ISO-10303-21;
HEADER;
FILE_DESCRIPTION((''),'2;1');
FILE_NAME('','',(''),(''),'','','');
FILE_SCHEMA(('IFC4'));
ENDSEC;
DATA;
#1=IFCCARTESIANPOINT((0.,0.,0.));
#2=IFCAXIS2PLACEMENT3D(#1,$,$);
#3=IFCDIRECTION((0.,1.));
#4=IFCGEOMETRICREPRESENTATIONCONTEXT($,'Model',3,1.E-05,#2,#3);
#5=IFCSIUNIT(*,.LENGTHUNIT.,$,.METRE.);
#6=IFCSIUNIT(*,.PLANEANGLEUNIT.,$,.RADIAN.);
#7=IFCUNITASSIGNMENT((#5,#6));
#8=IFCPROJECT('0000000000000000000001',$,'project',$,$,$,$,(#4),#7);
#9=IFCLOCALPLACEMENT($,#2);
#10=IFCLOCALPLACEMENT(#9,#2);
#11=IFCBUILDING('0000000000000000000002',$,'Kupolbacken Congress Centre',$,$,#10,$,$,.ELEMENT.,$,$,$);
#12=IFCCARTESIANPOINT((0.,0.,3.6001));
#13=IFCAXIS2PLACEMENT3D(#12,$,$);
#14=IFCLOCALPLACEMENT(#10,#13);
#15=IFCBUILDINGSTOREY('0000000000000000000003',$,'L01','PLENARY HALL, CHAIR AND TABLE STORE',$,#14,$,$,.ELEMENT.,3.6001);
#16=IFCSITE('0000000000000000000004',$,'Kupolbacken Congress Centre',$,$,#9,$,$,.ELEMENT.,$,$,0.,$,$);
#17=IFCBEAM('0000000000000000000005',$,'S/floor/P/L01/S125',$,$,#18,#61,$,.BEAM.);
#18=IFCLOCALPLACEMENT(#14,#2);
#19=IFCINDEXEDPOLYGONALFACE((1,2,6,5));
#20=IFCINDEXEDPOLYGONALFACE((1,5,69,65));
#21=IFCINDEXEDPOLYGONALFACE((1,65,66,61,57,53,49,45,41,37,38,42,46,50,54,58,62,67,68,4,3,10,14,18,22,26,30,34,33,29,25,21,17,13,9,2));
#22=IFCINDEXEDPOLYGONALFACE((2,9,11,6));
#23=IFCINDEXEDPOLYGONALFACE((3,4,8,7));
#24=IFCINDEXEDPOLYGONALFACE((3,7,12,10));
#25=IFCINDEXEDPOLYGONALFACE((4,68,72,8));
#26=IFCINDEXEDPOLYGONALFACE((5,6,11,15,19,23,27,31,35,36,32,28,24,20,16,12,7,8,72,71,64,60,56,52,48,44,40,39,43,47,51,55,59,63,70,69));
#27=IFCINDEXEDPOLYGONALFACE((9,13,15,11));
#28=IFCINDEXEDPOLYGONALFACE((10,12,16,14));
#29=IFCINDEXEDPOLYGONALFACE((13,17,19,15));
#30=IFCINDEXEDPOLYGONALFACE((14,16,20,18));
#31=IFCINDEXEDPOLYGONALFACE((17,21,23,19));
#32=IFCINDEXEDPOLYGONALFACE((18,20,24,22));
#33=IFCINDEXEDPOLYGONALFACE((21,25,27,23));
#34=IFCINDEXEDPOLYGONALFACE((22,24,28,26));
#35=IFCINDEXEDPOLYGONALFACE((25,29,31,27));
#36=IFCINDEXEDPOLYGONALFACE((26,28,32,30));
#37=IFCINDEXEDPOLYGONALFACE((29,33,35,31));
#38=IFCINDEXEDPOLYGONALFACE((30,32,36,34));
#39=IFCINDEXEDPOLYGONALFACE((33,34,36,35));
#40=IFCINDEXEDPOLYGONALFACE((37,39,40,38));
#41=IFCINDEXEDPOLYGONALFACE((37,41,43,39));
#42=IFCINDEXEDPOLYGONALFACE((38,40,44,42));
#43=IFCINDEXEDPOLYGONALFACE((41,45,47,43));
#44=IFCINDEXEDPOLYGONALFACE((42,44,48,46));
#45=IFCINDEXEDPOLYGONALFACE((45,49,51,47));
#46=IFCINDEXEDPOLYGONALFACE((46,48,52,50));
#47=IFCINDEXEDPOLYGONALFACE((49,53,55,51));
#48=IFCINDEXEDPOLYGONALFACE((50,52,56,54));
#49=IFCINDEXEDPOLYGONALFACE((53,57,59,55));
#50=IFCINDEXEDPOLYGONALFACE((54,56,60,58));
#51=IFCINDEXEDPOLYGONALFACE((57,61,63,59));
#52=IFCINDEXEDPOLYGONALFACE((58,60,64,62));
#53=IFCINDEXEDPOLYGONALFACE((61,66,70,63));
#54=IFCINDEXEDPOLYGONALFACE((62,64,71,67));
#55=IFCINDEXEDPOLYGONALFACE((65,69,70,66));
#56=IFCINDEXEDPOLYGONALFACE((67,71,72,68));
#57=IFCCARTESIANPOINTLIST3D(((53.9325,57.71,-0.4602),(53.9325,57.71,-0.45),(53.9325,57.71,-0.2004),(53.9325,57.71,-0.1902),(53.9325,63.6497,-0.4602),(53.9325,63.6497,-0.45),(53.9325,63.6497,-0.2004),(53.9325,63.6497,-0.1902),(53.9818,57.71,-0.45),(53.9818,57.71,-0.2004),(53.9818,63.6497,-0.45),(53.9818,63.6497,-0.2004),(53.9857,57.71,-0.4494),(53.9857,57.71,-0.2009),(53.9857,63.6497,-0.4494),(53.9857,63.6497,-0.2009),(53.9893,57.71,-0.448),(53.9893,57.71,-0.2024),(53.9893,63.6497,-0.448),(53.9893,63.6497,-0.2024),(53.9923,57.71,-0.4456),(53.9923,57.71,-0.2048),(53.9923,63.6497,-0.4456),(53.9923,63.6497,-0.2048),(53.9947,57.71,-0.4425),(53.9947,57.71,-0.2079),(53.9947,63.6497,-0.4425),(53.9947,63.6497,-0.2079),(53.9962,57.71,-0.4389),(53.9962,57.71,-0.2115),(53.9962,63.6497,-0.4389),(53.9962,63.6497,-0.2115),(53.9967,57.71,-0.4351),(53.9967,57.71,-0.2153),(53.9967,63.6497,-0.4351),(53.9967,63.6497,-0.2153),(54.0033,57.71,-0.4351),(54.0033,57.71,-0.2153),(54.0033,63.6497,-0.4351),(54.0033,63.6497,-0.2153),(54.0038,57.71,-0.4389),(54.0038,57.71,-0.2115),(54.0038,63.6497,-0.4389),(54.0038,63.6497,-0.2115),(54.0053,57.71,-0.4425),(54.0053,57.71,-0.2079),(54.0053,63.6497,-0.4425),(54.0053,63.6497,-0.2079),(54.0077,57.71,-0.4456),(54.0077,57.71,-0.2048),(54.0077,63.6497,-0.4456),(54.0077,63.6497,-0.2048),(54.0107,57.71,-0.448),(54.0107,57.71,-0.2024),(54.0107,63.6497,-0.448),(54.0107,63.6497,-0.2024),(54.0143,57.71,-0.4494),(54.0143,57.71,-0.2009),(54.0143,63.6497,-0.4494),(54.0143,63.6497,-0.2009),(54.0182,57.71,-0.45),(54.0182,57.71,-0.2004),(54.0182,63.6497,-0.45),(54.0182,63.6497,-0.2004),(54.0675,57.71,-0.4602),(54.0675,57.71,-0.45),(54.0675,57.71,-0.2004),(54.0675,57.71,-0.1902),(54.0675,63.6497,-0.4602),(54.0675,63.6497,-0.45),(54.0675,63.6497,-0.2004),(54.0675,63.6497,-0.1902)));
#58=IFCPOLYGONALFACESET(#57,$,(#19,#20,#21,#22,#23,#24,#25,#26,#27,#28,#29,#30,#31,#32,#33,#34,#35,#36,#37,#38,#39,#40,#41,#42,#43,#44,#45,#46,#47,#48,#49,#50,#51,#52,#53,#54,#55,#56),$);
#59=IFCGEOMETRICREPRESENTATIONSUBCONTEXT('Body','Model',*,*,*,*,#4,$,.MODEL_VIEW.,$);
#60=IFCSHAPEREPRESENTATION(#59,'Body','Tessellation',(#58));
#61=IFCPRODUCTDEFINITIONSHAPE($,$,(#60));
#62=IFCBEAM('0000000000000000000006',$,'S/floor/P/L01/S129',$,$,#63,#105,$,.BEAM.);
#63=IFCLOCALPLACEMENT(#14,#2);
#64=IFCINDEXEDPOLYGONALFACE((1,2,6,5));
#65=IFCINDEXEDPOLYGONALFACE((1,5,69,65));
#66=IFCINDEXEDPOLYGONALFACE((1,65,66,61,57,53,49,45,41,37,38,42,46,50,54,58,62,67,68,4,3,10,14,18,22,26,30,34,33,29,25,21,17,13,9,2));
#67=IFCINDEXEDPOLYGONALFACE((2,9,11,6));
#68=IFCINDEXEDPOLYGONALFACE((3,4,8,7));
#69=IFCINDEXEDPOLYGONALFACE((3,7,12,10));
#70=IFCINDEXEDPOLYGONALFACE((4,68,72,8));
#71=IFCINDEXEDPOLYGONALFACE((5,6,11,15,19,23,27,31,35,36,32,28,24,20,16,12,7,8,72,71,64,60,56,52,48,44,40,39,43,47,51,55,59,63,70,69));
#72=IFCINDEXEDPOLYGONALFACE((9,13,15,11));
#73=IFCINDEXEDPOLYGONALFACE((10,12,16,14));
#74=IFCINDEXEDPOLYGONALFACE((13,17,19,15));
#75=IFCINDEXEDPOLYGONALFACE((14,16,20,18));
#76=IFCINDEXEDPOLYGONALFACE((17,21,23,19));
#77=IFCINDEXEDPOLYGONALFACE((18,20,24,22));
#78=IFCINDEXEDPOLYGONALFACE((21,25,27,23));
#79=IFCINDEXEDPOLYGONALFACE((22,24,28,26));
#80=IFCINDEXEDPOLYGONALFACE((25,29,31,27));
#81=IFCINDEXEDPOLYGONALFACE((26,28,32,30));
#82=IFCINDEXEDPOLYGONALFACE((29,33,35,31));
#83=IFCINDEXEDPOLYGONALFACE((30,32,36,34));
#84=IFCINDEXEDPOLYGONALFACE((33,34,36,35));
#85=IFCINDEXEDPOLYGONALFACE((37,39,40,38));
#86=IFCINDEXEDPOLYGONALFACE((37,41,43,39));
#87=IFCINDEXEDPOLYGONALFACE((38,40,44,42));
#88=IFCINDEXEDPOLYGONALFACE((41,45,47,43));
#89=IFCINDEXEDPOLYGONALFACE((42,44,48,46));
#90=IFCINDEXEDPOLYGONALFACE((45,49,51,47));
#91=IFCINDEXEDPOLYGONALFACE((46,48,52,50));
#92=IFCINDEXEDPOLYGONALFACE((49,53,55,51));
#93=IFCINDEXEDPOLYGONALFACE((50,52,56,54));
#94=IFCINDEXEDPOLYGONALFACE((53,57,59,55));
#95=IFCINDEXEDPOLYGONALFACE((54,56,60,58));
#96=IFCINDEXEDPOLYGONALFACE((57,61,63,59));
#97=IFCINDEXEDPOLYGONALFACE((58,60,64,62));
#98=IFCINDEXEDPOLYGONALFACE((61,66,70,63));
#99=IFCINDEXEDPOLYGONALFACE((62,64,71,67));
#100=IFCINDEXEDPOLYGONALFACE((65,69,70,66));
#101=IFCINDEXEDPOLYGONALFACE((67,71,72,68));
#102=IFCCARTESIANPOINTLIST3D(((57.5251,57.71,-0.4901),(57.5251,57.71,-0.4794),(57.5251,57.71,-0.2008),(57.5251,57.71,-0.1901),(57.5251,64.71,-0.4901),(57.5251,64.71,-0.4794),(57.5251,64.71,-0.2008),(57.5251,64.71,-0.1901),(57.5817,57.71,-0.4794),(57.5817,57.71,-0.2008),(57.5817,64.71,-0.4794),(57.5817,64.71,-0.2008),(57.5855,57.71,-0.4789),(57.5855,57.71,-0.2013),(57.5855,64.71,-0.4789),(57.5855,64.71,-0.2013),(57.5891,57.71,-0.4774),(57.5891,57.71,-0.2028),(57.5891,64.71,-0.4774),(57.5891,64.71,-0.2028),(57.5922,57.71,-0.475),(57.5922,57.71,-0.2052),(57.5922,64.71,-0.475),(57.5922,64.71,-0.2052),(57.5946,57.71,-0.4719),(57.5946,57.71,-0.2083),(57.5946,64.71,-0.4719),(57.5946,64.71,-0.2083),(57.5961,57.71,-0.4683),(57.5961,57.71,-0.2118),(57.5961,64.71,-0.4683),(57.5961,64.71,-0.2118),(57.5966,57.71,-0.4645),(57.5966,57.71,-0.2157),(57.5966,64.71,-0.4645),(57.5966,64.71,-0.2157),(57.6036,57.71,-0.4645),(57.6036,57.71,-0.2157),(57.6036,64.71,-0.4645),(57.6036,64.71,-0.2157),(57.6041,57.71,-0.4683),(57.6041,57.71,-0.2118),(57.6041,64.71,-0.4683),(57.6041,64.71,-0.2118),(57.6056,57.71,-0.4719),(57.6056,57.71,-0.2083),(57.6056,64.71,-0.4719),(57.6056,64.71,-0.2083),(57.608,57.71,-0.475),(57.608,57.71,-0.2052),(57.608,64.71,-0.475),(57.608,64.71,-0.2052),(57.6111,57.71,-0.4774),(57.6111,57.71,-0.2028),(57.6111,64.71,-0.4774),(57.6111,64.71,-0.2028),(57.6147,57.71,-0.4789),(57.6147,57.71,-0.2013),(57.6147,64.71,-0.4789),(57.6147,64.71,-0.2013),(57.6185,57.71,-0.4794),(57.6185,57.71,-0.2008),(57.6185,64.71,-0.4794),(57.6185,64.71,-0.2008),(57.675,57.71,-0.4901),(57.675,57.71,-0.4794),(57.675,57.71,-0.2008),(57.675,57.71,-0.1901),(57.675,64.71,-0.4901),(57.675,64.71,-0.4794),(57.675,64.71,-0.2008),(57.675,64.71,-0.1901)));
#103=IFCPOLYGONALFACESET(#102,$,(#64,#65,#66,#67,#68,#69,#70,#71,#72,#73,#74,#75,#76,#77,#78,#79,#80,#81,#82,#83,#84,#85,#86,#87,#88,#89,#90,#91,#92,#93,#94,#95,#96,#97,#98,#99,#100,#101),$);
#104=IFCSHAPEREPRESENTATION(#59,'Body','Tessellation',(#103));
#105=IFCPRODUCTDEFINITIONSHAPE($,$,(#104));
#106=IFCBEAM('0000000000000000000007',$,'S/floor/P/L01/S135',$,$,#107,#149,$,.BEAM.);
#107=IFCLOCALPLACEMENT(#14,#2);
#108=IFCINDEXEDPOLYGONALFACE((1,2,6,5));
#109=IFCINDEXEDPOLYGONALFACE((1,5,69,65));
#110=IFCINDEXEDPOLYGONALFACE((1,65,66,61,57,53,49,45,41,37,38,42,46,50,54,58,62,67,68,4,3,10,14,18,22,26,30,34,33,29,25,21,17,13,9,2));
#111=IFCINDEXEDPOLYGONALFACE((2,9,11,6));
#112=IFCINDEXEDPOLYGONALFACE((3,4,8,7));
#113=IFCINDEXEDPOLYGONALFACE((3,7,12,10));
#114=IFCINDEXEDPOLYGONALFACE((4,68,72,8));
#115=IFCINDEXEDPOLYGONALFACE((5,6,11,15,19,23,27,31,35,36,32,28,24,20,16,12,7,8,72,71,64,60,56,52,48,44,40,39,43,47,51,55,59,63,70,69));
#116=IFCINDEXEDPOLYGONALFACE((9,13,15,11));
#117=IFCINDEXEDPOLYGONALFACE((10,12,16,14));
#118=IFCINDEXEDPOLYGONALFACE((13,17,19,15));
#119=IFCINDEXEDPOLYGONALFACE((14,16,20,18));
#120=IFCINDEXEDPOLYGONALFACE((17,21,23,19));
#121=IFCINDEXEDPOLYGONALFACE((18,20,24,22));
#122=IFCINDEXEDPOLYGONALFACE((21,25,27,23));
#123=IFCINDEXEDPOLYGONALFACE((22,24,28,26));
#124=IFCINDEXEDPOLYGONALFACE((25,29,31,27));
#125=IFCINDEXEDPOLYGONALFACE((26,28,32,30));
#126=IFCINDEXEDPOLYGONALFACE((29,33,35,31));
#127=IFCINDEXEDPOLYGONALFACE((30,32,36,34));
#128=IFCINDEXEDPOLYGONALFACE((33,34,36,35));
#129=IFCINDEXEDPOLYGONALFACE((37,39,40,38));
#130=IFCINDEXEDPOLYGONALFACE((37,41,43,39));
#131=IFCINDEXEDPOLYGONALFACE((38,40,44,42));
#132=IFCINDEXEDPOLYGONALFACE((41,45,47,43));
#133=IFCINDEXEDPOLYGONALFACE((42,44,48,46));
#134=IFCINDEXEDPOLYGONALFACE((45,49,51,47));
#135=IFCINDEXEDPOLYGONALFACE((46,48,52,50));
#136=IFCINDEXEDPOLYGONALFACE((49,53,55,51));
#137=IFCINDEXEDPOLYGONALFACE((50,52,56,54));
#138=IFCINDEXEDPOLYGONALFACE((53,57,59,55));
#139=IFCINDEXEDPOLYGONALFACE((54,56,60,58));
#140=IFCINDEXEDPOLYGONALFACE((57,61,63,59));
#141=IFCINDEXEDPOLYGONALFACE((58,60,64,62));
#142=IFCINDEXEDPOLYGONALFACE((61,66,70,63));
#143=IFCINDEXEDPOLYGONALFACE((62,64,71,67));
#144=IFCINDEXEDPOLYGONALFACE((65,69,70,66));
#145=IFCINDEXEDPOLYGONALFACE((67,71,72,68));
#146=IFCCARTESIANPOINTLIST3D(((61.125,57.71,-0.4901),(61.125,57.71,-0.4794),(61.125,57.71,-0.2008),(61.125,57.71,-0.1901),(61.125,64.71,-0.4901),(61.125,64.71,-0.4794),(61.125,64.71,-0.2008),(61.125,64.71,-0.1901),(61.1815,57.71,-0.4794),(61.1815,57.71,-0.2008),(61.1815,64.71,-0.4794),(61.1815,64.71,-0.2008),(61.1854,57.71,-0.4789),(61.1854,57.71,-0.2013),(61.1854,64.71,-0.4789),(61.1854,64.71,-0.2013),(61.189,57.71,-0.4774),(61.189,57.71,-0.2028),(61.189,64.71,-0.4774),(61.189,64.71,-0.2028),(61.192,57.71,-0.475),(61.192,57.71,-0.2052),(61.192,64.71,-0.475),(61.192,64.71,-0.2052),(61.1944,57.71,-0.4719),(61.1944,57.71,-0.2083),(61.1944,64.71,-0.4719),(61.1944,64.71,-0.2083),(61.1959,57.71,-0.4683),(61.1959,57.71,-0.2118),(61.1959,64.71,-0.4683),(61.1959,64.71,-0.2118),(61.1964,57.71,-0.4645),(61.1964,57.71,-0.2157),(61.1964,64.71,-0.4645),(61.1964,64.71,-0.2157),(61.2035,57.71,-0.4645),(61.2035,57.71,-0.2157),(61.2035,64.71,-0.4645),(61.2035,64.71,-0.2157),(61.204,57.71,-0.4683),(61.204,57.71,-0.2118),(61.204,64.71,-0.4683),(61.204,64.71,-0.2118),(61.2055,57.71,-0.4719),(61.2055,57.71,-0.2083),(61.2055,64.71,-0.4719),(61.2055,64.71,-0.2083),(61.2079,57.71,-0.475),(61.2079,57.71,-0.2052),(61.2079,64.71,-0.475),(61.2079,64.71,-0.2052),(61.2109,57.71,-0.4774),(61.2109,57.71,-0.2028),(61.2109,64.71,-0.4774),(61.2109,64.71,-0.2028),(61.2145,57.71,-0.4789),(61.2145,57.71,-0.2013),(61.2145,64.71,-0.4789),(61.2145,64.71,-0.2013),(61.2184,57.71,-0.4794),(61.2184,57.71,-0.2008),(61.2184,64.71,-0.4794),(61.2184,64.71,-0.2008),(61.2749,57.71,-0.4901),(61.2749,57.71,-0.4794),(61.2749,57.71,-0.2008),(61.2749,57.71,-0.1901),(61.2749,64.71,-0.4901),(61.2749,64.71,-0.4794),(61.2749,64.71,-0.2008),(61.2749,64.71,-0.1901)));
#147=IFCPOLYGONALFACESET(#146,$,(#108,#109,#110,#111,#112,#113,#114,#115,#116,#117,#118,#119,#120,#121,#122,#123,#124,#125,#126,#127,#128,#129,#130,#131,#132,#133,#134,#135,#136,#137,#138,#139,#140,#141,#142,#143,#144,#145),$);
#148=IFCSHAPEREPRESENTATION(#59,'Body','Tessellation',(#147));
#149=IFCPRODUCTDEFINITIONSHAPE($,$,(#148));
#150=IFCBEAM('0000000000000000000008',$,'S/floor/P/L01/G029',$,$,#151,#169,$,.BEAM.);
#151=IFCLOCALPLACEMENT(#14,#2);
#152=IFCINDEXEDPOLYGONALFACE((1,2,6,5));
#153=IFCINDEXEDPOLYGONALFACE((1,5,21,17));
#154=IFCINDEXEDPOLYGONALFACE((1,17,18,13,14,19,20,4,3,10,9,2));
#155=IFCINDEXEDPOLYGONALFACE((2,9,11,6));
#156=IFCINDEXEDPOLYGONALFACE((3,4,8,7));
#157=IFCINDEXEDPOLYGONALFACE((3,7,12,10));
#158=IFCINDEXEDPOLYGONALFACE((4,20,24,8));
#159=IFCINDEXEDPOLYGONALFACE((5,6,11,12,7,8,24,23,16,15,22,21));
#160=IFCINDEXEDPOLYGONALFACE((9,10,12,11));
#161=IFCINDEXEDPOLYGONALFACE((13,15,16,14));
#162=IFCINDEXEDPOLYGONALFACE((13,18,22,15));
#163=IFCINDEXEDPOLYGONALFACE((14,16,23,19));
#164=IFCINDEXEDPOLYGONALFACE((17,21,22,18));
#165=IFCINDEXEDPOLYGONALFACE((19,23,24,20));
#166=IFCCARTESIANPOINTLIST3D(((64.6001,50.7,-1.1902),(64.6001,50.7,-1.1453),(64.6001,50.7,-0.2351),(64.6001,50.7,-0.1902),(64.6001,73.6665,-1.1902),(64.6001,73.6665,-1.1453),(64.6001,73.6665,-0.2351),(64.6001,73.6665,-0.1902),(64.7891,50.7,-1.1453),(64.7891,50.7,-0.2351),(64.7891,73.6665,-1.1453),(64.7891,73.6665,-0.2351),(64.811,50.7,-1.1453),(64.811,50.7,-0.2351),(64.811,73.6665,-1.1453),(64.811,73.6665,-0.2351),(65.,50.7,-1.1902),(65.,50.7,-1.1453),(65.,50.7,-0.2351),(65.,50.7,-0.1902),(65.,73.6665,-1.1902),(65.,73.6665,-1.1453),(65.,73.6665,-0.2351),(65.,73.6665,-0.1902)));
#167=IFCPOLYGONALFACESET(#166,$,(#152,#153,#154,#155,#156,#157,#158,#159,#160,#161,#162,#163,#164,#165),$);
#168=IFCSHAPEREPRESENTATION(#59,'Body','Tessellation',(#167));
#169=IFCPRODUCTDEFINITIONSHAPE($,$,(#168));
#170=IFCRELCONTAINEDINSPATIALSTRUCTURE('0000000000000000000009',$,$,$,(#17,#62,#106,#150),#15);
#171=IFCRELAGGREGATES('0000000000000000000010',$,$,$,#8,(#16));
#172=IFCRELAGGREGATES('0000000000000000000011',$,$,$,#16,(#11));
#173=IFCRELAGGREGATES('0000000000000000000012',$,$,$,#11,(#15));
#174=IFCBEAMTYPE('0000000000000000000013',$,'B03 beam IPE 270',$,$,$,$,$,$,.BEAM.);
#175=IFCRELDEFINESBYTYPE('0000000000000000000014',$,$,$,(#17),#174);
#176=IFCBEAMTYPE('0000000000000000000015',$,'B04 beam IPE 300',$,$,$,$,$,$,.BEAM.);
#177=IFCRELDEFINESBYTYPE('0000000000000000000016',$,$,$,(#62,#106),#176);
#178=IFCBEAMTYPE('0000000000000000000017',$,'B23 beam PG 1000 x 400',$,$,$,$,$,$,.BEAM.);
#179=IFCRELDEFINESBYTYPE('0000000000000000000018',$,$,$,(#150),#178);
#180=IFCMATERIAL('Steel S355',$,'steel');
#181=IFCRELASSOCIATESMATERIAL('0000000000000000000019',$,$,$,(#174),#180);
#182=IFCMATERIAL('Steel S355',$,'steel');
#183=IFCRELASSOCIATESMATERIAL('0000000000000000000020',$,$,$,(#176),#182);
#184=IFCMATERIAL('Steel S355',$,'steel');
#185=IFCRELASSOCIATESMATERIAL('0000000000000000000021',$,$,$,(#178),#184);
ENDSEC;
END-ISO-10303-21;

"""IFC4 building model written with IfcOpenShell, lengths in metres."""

from ifc_helpers import new_model, si_unit, direction, frame, origin, origin_2d, place, context, subcontext, project, spatial, i_section, extrude, material, material_profile, profile_set, type_object, element, save


model = new_model("IFC4")

# Units and contexts
model_context = context("Model", 3, precision=1e-05, world=origin(), true_north=direction((0.0, 1.0)))
body_context = subcontext(model_context, "Body", "Model", "MODEL_VIEW")
ifc_project = project(units=[si_unit("LENGTHUNIT", "METRE"), si_unit("PLANEANGLEUNIT", "RADIAN")], contexts=[model_context])

# Site, building, storey
site_placement = place(None, origin())
site = spatial("IfcSite", under=ifc_project, at=site_placement, Name="Kupolbacken Congress Centre", CompositionType="ELEMENT", RefElevation=0.0)
building_placement = place(site_placement, origin())
building = spatial("IfcBuilding", under=site, at=building_placement, Name="Kupolbacken Congress Centre", CompositionType="ELEMENT")
storey_placement = place(building_placement, frame((0.0, 0.0, 3.6001)))
storey = spatial("IfcBuildingStorey", under=building, at=storey_placement, Name="L01", Description="PLENARY HALL, CHAIR AND TABLE STORE", CompositionType="ELEMENT", Elevation=3.6001)

# Beams
ifc_material_1 = material(Name="Steel S355", Category="steel")
ifc_material_profile_1 = material_profile(ifc_material_1, i_section(OverallWidth=0.135, OverallDepth=0.27, WebThickness=0.0066, FlangeThickness=0.0103, FilletRadius=0.0149, at=origin_2d()), Name="IPE 270")
ifc_profile_set_1 = profile_set([ifc_material_profile_1], Name="Steel S355")
beam_type_1 = type_object("IfcBeamType", Name="B03 beam IPE 270", PredefinedType="BEAM", material=ifc_profile_set_1)
beam_1_placement = place(storey_placement, frame((54.0, 57.71, -0.3252), z_axis=(0.0, 1.0, 0.0), x_axis=(-1.0, 0.0, 0.0)))
element("IfcBeam", 1, at=beam_1_placement, inside=storey, type_object=beam_type_1, Name="S/floor/P/L01/S125", PredefinedType="BEAM", context=body_context, shape_type="SweptSolid", body=[
    extrude(i_section(OverallWidth=0.135, OverallDepth=0.27, WebThickness=0.0066, FlangeThickness=0.0103, FilletRadius=0.0149, at=origin_2d()), origin(), (0.0, 0.0, 1.0), 5.9397),
])
ifc_material_2 = material(Name="Steel S355", Category="steel")
ifc_material_profile_2 = material_profile(ifc_material_2, i_section(OverallWidth=0.1499, OverallDepth=0.3, WebThickness=0.0071, FlangeThickness=0.0107, FilletRadius=0.0149, at=origin_2d()), Name="IPE 300")
ifc_profile_set_2 = profile_set([ifc_material_profile_2], Name="Steel S355")
beam_type_2 = type_object("IfcBeamType", Name="B04 beam IPE 300", PredefinedType="BEAM", material=ifc_profile_set_2)
for number, where, z_axis, x_axis, name in (
    (2, (57.6001, 57.71, -0.3401), (0.0, 1.0, 0.0), (-1.0, 0.0, 0.0), "S/floor/P/L01/S129"),
    (3, (61.2, 57.71, -0.3401), (0.0, 1.0, 0.0), (-1.0, 0.0, 0.0), "S/floor/P/L01/S135"),
):
    element("IfcBeam", number, at=place(storey_placement, frame(where, z_axis=z_axis, x_axis=x_axis)), inside=storey, type_object=beam_type_2, Name=name, PredefinedType="BEAM", context=body_context, shape_type="SweptSolid", body=[
        extrude(i_section(OverallWidth=0.1499, OverallDepth=0.3, WebThickness=0.0071, FlangeThickness=0.0107, FilletRadius=0.0149, at=origin_2d()), origin(), (0.0, 0.0, 1.0), 7.0),
    ])
ifc_material_3 = material(Name="Steel S355", Category="steel")
ifc_material_profile_3 = material_profile(ifc_material_3, i_section(OverallWidth=0.3999, OverallDepth=1.0, WebThickness=0.022, FlangeThickness=0.0449, at=origin_2d()), Name="PG 1000 x 400")
ifc_profile_set_3 = profile_set([ifc_material_profile_3], Name="Steel S355")
beam_type_3 = type_object("IfcBeamType", Name="B23 beam PG 1000 x 400", PredefinedType="BEAM", material=ifc_profile_set_3)
beam_2_placement = place(storey_placement, frame((64.8, 50.7, -0.6902), z_axis=(0.0, 1.0, 0.0), x_axis=(-1.0, 0.0, 0.0)))
element("IfcBeam", 4, at=beam_2_placement, inside=storey, type_object=beam_type_3, Name="S/floor/P/L01/G029", PredefinedType="BEAM", context=body_context, shape_type="SweptSolid", body=[
    extrude(i_section(OverallWidth=0.3999, OverallDepth=1.0, WebThickness=0.022, FlangeThickness=0.0449, at=origin_2d()), origin(), (0.0, 0.0, 1.0), 22.9666),
])

save(model, "model.ifc")
